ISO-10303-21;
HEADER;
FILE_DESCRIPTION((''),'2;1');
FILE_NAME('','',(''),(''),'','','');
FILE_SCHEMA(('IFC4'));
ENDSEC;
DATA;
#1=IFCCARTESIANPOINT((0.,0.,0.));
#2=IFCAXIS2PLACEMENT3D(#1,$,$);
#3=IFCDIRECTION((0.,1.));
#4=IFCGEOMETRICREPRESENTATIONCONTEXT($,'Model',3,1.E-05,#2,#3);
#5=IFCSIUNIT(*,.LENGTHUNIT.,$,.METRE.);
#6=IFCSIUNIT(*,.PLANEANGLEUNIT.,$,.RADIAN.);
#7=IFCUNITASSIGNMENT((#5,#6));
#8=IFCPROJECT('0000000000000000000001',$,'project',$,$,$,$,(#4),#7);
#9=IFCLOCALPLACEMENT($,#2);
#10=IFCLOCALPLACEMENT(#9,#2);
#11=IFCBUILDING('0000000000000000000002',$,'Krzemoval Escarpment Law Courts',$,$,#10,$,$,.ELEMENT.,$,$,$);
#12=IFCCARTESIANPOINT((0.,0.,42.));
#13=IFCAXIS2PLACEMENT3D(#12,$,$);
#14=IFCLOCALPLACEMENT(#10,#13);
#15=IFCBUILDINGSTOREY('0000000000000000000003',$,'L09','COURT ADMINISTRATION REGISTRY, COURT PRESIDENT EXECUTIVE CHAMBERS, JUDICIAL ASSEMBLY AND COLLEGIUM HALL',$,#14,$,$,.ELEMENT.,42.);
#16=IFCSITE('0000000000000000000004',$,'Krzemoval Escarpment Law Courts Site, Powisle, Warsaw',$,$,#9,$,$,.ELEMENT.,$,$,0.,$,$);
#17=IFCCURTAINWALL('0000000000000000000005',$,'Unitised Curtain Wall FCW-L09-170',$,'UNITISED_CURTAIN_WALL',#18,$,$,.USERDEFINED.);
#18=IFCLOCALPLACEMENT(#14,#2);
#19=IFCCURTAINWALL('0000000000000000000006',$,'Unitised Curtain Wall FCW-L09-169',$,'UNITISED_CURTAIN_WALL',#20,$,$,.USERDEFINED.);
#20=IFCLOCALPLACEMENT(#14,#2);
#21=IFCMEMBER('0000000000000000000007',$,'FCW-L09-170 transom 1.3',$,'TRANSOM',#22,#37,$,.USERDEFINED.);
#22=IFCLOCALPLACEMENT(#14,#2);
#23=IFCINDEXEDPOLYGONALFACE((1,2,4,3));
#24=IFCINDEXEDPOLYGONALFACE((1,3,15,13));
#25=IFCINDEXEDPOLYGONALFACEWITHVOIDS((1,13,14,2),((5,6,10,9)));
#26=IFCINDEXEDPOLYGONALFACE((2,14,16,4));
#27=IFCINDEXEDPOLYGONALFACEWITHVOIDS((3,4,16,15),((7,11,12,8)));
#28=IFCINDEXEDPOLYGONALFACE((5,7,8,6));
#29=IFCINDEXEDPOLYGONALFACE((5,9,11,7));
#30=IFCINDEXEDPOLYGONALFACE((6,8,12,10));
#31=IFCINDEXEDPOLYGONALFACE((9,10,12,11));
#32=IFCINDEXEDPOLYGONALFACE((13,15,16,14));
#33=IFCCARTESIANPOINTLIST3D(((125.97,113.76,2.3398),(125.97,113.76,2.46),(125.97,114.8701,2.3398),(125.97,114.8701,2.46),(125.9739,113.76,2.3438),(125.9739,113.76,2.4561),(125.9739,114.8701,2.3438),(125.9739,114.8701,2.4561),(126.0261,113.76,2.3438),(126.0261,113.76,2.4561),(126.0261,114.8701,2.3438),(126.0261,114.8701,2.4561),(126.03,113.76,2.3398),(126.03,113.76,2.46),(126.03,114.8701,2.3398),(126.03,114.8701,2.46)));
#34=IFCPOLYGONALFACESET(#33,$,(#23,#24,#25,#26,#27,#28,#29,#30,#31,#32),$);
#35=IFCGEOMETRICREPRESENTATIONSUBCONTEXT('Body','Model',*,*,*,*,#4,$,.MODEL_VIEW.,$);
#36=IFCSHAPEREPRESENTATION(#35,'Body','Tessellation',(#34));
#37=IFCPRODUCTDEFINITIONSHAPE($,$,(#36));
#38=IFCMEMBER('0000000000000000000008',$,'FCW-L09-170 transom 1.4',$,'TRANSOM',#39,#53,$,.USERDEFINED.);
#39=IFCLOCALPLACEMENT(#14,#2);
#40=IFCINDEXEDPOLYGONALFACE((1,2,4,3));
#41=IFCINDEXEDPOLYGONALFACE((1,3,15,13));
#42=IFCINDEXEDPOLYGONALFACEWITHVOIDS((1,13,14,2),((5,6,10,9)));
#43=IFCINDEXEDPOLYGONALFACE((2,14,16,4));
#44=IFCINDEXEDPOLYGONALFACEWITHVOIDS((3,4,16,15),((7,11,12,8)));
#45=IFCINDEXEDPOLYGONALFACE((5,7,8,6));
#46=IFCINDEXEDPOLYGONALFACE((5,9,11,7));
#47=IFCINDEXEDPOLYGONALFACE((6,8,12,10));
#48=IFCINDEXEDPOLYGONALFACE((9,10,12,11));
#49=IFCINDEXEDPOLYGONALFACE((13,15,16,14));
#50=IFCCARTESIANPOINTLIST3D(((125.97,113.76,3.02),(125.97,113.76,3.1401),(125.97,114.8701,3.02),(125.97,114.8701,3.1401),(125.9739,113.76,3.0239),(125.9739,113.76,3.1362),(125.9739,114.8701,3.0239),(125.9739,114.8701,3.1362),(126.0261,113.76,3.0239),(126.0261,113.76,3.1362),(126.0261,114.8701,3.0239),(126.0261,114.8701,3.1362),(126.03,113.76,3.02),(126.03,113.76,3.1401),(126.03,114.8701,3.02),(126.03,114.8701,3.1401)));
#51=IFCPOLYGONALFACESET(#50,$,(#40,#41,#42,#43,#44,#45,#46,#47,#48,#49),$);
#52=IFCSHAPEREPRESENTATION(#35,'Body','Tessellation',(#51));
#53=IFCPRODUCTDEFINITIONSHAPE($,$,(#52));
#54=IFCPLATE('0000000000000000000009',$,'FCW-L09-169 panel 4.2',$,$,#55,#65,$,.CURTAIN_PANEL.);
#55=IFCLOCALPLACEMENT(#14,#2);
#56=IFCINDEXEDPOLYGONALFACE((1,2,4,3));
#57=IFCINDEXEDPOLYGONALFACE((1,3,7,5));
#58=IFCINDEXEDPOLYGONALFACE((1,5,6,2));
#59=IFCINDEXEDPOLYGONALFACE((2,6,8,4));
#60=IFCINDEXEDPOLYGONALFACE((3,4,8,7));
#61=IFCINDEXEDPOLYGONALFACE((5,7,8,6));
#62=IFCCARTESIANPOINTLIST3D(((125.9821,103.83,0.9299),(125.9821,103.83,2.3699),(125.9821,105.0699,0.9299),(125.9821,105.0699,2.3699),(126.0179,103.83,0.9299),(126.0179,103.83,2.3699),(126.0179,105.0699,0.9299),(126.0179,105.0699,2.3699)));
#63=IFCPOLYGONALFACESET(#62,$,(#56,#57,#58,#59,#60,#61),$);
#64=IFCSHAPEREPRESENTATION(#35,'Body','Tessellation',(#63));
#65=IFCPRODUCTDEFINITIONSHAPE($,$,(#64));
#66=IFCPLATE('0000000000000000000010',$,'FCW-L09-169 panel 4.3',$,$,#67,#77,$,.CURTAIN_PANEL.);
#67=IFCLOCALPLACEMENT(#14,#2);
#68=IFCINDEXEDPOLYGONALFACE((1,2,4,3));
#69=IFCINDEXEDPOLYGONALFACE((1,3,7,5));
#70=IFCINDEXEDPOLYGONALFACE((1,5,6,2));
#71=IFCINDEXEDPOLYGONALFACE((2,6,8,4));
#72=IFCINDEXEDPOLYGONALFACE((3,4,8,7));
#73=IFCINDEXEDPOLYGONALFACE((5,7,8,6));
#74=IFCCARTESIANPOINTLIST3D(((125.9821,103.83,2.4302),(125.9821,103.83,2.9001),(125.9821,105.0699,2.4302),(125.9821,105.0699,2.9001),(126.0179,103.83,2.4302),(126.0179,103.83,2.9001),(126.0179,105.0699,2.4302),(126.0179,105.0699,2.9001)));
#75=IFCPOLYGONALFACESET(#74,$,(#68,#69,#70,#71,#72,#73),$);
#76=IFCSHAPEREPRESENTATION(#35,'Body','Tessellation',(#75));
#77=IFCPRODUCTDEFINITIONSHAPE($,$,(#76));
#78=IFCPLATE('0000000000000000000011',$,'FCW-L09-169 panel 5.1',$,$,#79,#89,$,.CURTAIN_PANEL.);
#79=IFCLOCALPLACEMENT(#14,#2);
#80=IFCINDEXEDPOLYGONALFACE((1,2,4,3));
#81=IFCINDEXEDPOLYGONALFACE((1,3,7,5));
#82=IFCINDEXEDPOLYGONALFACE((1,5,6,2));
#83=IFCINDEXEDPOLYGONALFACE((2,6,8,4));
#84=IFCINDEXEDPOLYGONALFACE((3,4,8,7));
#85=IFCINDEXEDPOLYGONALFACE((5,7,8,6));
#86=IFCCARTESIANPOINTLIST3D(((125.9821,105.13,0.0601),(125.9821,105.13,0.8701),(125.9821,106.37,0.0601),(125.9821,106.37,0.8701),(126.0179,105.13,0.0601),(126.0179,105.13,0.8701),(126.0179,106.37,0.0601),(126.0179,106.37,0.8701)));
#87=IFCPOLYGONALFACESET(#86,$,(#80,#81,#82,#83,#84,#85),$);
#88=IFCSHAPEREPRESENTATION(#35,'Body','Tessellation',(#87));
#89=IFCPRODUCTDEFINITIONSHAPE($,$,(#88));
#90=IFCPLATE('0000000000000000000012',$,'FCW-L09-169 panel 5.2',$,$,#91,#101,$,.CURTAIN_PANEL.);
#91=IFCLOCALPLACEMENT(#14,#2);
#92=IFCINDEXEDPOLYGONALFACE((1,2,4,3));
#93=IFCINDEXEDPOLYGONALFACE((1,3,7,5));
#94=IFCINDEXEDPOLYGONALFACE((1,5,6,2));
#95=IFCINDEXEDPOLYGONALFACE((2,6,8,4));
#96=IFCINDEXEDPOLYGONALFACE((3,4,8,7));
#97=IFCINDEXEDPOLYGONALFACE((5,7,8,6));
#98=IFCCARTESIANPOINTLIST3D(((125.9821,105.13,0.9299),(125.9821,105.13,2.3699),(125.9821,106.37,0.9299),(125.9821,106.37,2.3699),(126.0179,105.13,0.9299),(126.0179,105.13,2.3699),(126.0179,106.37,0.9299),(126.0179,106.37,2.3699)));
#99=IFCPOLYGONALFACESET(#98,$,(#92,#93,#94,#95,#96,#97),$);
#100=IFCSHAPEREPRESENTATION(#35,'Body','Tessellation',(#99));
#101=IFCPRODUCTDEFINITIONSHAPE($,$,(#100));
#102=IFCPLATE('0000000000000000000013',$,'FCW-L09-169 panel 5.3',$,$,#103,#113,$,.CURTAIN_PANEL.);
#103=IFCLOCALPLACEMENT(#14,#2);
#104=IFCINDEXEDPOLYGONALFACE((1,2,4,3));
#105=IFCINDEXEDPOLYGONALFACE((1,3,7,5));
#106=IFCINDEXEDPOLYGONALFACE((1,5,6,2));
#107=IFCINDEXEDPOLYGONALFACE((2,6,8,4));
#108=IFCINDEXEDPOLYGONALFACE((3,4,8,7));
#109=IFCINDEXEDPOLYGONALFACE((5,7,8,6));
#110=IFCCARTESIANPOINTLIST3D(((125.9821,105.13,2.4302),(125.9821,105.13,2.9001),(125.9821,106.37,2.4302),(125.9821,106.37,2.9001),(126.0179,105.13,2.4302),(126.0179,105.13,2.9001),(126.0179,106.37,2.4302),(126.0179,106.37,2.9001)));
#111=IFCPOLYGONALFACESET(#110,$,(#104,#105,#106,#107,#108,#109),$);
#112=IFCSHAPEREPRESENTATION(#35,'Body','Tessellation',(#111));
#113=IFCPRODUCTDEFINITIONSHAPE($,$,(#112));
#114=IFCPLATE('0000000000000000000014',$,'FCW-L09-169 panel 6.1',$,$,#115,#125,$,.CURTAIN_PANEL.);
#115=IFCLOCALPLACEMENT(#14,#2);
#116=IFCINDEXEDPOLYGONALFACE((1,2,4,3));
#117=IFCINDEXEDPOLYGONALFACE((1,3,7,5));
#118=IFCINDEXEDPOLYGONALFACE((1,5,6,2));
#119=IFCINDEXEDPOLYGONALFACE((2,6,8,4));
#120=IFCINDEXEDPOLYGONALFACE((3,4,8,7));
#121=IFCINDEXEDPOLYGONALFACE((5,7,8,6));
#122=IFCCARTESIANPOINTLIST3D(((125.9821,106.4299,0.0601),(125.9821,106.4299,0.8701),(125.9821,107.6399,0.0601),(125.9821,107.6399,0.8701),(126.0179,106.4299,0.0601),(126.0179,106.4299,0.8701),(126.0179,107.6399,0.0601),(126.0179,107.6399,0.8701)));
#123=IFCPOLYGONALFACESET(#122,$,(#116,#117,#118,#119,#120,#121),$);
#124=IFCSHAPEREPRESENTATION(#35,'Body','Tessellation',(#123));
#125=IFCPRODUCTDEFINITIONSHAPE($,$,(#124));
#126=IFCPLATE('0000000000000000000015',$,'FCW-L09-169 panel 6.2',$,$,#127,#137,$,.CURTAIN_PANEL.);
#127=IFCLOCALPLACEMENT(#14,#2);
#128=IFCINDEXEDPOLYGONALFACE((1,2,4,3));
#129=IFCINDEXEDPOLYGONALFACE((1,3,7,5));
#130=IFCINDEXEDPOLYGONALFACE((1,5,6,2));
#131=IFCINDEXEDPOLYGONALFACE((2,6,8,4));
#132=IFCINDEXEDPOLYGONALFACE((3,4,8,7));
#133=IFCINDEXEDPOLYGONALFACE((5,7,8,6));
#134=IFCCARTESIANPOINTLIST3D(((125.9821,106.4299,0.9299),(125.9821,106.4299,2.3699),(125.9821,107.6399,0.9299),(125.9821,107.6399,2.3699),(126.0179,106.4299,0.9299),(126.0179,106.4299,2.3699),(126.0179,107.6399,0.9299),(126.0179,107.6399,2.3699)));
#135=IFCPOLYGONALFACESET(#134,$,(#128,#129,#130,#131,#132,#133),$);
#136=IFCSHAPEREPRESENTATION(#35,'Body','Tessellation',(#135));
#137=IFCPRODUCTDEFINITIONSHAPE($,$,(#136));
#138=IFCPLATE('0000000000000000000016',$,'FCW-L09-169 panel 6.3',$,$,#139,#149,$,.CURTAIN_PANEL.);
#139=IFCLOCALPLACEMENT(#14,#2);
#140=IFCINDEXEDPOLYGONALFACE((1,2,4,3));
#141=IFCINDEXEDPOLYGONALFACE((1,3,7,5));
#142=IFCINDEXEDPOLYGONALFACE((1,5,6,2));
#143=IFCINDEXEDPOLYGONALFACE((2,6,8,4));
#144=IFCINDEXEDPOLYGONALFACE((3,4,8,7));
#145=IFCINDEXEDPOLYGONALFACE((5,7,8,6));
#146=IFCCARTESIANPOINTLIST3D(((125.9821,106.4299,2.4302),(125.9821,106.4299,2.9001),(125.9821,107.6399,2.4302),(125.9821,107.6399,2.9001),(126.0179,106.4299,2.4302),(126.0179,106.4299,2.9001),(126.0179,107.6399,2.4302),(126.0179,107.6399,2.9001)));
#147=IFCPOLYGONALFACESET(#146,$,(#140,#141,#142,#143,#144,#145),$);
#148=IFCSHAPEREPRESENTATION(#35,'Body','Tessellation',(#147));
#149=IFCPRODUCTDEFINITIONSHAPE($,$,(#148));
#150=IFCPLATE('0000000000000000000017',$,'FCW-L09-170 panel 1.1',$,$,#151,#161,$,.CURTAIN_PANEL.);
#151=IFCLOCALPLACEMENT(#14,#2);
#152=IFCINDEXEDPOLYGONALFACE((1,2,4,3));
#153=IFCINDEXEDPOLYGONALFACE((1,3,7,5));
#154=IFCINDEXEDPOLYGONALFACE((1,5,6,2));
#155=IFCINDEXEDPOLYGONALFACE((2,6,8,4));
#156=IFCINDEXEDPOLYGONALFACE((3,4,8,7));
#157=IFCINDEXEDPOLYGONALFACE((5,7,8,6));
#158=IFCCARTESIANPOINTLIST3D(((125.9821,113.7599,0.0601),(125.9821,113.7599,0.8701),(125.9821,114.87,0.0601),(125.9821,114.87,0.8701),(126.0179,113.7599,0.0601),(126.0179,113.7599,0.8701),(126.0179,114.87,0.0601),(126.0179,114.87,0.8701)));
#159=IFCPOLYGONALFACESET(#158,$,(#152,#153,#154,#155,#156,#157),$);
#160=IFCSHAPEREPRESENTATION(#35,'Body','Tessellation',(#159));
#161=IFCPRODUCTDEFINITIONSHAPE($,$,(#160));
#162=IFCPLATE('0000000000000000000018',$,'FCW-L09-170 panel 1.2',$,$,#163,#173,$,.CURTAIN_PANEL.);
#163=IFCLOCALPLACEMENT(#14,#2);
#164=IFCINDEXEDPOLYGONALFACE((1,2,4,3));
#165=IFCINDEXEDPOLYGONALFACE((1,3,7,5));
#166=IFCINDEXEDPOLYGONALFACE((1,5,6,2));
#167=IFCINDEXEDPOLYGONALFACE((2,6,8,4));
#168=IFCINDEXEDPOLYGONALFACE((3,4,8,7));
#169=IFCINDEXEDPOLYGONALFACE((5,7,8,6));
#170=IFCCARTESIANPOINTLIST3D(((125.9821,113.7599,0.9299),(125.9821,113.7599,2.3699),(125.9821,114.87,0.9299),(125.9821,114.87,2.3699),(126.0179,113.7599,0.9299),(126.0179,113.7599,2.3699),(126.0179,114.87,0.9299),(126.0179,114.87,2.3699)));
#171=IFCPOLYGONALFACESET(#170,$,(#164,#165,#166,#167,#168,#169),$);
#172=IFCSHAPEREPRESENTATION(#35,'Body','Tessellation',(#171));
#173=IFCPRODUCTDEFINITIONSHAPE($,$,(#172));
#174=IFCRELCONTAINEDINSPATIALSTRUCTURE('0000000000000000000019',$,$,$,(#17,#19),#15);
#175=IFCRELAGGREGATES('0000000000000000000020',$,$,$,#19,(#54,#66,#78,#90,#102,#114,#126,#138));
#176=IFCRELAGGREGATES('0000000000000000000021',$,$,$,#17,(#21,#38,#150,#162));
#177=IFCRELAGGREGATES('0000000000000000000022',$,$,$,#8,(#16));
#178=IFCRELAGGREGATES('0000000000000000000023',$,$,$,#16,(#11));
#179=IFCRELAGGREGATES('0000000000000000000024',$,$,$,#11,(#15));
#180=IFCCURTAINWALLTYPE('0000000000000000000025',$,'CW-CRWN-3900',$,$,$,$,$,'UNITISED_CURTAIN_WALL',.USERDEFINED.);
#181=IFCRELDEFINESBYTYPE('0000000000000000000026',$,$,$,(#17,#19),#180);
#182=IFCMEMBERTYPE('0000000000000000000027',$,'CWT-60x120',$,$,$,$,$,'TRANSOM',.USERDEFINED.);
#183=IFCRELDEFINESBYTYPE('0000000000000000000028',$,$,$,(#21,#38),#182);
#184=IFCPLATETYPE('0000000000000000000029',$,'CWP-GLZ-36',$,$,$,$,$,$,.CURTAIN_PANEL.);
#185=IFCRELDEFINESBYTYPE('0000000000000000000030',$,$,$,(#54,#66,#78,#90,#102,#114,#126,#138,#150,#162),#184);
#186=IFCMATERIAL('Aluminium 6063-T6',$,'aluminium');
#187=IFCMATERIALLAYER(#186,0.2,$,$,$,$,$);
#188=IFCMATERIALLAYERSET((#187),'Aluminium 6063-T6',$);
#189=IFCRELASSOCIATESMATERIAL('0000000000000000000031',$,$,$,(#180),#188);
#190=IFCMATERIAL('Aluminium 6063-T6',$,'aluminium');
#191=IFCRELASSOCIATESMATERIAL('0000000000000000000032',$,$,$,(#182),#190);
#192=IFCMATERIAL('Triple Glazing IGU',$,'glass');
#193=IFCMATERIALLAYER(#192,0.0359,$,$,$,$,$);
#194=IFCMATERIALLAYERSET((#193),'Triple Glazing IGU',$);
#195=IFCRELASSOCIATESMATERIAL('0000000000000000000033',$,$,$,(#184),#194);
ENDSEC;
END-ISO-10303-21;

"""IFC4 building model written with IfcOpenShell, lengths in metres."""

from ifc_helpers import new_model, si_unit, direction, frame, origin, origin_2d, place, context, subcontext, project, spatial, rectangle, hollow_rectangle, extrude, material, layer, layer_set, material_profile, profile_set, type_object, element, aggregate, save


model = new_model("IFC4")

# Units and contexts
model_context = context("Model", 3, precision=1e-05, world=origin(), true_north=direction((0.0, 1.0)))
body_context = subcontext(model_context, "Body", "Model", "MODEL_VIEW")
ifc_project = project(units=[si_unit("LENGTHUNIT", "METRE"), si_unit("PLANEANGLEUNIT", "RADIAN")], contexts=[model_context])

# Site, building, storey
site_placement = place(None, origin())
site = spatial("IfcSite", under=ifc_project, at=site_placement, Name="Krzemoval Escarpment Law Courts Site, Powisle, Warsaw", CompositionType="ELEMENT", RefElevation=0.0)
building_placement = place(site_placement, origin())
building = spatial("IfcBuilding", under=site, at=building_placement, Name="Krzemoval Escarpment Law Courts", CompositionType="ELEMENT")
storey_placement = place(building_placement, frame((0.0, 0.0, 42.0)))
storey = spatial("IfcBuildingStorey", under=building, at=storey_placement, Name="L09", Description="COURT ADMINISTRATION REGISTRY, COURT PRESIDENT EXECUTIVE CHAMBERS, JUDICIAL ASSEMBLY AND COLLEGIUM HALL", CompositionType="ELEMENT", Elevation=42.0)

# Curtain wall
ifc_material_1 = material(Name="Aluminium 6063-T6", Category="aluminium")
ifc_layer_1 = layer(ifc_material_1, 0.2)
ifc_layer_set_1 = layer_set([ifc_layer_1], Name="Aluminium 6063-T6")
curtain_wall_type = type_object("IfcCurtainWallType", Name="CW-CRWN-3900", ElementType="UNITISED_CURTAIN_WALL", PredefinedType="USERDEFINED", material=ifc_layer_set_1)
curtain_wall_1_placement = place(storey_placement, origin())
curtain_wall_1 = element("IfcCurtainWall", 1, at=curtain_wall_1_placement, inside=storey, type_object=curtain_wall_type, Name="Unitised Curtain Wall FCW-L09-170", ObjectType="UNITISED_CURTAIN_WALL", PredefinedType="USERDEFINED")

# Curtain wall
curtain_wall_2_placement = place(storey_placement, origin())
curtain_wall_2 = element("IfcCurtainWall", 2, at=curtain_wall_2_placement, inside=storey, type_object=curtain_wall_type, Name="Unitised Curtain Wall FCW-L09-169", ObjectType="UNITISED_CURTAIN_WALL", PredefinedType="USERDEFINED")
ifc_material_2 = material(Name="Aluminium 6063-T6", Category="aluminium")
ifc_material_profile_1 = material_profile(ifc_material_2, hollow_rectangle(XDim=0.0601, YDim=0.1201, WallThickness=0.0039, at=origin_2d()), Name="ALU T60x120")
ifc_profile_set_1 = profile_set([ifc_material_profile_1], Name="Aluminium 6063-T6")
member_type_1 = type_object("IfcMemberType", Name="CWT-60x120", ElementType="TRANSOM", PredefinedType="USERDEFINED", material=ifc_profile_set_1)

# Members
member_1_placement = place(storey_placement, frame((126.0, 113.76, 2.3999), z_axis=(0.0, 1.0, 0.0), x_axis=(-1.0, 0.0, 0.0)))
member_1 = element("IfcMember", 3, at=member_1_placement, type_object=member_type_1, Name="FCW-L09-170 transom 1.3", ObjectType="TRANSOM", PredefinedType="USERDEFINED", context=body_context, shape_type="SweptSolid", body=[
    extrude(hollow_rectangle(XDim=0.0601, YDim=0.1201, WallThickness=0.0039, at=origin_2d()), origin(), (0.0, 0.0, 1.0), 1.1101),
])
member_2_placement = place(storey_placement, frame((126.0, 113.76, 3.0801), z_axis=(0.0, 1.0, 0.0), x_axis=(-1.0, 0.0, 0.0)))
member_2 = element("IfcMember", 4, at=member_2_placement, type_object=member_type_1, Name="FCW-L09-170 transom 1.4", ObjectType="TRANSOM", PredefinedType="USERDEFINED", context=body_context, shape_type="SweptSolid", body=[
    extrude(hollow_rectangle(XDim=0.0601, YDim=0.1201, WallThickness=0.0039, at=origin_2d()), origin(), (0.0, 0.0, 1.0), 1.1101),
])

# Plates
ifc_material_3 = material(Name="Triple Glazing IGU", Category="glass")
ifc_layer_2 = layer(ifc_material_3, 0.0359)
ifc_layer_set_2 = layer_set([ifc_layer_2], Name="Triple Glazing IGU")
plate_type = type_object("IfcPlateType", Name="CWP-GLZ-36", PredefinedType="CURTAIN_PANEL", material=ifc_layer_set_2)
plate_1_placement = place(storey_placement, frame((126.0, 104.45, 0.9299), z_axis=(0.0, 0.0, 1.0), x_axis=(0.0, 1.0, 0.0)))
plate_1 = element("IfcPlate", 5, at=plate_1_placement, type_object=plate_type, Name="FCW-L09-169 panel 4.2", PredefinedType="CURTAIN_PANEL", context=body_context, shape_type="SweptSolid", body=[
    extrude(rectangle(XDim=1.24, YDim=0.0359, at=origin_2d()), origin(), (0.0, 0.0, 1.0), 1.4399),
])
plate_2_placement = place(storey_placement, frame((126.0, 104.45, 2.4302), z_axis=(0.0, 0.0, 1.0), x_axis=(0.0, 1.0, 0.0)))
plate_2 = element("IfcPlate", 6, at=plate_2_placement, type_object=plate_type, Name="FCW-L09-169 panel 4.3", PredefinedType="CURTAIN_PANEL", context=body_context, shape_type="SweptSolid", body=[
    extrude(rectangle(XDim=1.24, YDim=0.0359, at=origin_2d()), origin(), (0.0, 0.0, 1.0), 0.47),
])
plate_3_placement = place(storey_placement, frame((126.0, 105.75, 0.0601), z_axis=(0.0, 0.0, 1.0), x_axis=(0.0, 1.0, 0.0)))
plate_3 = element("IfcPlate", 7, at=plate_3_placement, type_object=plate_type, Name="FCW-L09-169 panel 5.1", PredefinedType="CURTAIN_PANEL", context=body_context, shape_type="SweptSolid", body=[
    extrude(rectangle(XDim=1.24, YDim=0.0359, at=origin_2d()), origin(), (0.0, 0.0, 1.0), 0.8101),
])
plate_4_placement = place(storey_placement, frame((126.0, 105.75, 0.9299), z_axis=(0.0, 0.0, 1.0), x_axis=(0.0, 1.0, 0.0)))
plate_4 = element("IfcPlate", 8, at=plate_4_placement, type_object=plate_type, Name="FCW-L09-169 panel 5.2", PredefinedType="CURTAIN_PANEL", context=body_context, shape_type="SweptSolid", body=[
    extrude(rectangle(XDim=1.24, YDim=0.0359, at=origin_2d()), origin(), (0.0, 0.0, 1.0), 1.4399),
])
plate_5_placement = place(storey_placement, frame((126.0, 105.75, 2.4302), z_axis=(0.0, 0.0, 1.0), x_axis=(0.0, 1.0, 0.0)))
plate_5 = element("IfcPlate", 9, at=plate_5_placement, type_object=plate_type, Name="FCW-L09-169 panel 5.3", PredefinedType="CURTAIN_PANEL", context=body_context, shape_type="SweptSolid", body=[
    extrude(rectangle(XDim=1.24, YDim=0.0359, at=origin_2d()), origin(), (0.0, 0.0, 1.0), 0.47),
])
plate_6_placement = place(storey_placement, frame((126.0, 107.0349, 0.0601), z_axis=(0.0, 0.0, 1.0), x_axis=(0.0, 1.0, 0.0)))
plate_6 = element("IfcPlate", 10, at=plate_6_placement, type_object=plate_type, Name="FCW-L09-169 panel 6.1", PredefinedType="CURTAIN_PANEL", context=body_context, shape_type="SweptSolid", body=[
    extrude(rectangle(XDim=1.21, YDim=0.0359, at=origin_2d()), origin(), (0.0, 0.0, 1.0), 0.8101),
])
plate_7_placement = place(storey_placement, frame((126.0, 107.0349, 0.9299), z_axis=(0.0, 0.0, 1.0), x_axis=(0.0, 1.0, 0.0)))
plate_7 = element("IfcPlate", 11, at=plate_7_placement, type_object=plate_type, Name="FCW-L09-169 panel 6.2", PredefinedType="CURTAIN_PANEL", context=body_context, shape_type="SweptSolid", body=[
    extrude(rectangle(XDim=1.21, YDim=0.0359, at=origin_2d()), origin(), (0.0, 0.0, 1.0), 1.4399),
])
plate_8_placement = place(storey_placement, frame((126.0, 107.0349, 2.4302), z_axis=(0.0, 0.0, 1.0), x_axis=(0.0, 1.0, 0.0)))
plate_8 = element("IfcPlate", 12, at=plate_8_placement, type_object=plate_type, Name="FCW-L09-169 panel 6.3", PredefinedType="CURTAIN_PANEL", context=body_context, shape_type="SweptSolid", body=[
    extrude(rectangle(XDim=1.21, YDim=0.0359, at=origin_2d()), origin(), (0.0, 0.0, 1.0), 0.47),
])
aggregate(curtain_wall_2, [plate_1, plate_2, plate_3, plate_4, plate_5, plate_6, plate_7, plate_8])
plate_9_placement = place(storey_placement, frame((126.0, 114.3149, 0.0601), z_axis=(0.0, 0.0, 1.0), x_axis=(0.0, 1.0, 0.0)))
plate_9 = element("IfcPlate", 13, at=plate_9_placement, type_object=plate_type, Name="FCW-L09-170 panel 1.1", PredefinedType="CURTAIN_PANEL", context=body_context, shape_type="SweptSolid", body=[
    extrude(rectangle(XDim=1.1101, YDim=0.0359, at=origin_2d()), origin(), (0.0, 0.0, 1.0), 0.8101),
])
plate_10_placement = place(storey_placement, frame((126.0, 114.3149, 0.9299), z_axis=(0.0, 0.0, 1.0), x_axis=(0.0, 1.0, 0.0)))
plate_10 = element("IfcPlate", 14, at=plate_10_placement, type_object=plate_type, Name="FCW-L09-170 panel 1.2", PredefinedType="CURTAIN_PANEL", context=body_context, shape_type="SweptSolid", body=[
    extrude(rectangle(XDim=1.1101, YDim=0.0359, at=origin_2d()), origin(), (0.0, 0.0, 1.0), 1.4399),
])
aggregate(curtain_wall_1, [member_1, member_2, plate_9, plate_10])

save(model, "model.ifc")
